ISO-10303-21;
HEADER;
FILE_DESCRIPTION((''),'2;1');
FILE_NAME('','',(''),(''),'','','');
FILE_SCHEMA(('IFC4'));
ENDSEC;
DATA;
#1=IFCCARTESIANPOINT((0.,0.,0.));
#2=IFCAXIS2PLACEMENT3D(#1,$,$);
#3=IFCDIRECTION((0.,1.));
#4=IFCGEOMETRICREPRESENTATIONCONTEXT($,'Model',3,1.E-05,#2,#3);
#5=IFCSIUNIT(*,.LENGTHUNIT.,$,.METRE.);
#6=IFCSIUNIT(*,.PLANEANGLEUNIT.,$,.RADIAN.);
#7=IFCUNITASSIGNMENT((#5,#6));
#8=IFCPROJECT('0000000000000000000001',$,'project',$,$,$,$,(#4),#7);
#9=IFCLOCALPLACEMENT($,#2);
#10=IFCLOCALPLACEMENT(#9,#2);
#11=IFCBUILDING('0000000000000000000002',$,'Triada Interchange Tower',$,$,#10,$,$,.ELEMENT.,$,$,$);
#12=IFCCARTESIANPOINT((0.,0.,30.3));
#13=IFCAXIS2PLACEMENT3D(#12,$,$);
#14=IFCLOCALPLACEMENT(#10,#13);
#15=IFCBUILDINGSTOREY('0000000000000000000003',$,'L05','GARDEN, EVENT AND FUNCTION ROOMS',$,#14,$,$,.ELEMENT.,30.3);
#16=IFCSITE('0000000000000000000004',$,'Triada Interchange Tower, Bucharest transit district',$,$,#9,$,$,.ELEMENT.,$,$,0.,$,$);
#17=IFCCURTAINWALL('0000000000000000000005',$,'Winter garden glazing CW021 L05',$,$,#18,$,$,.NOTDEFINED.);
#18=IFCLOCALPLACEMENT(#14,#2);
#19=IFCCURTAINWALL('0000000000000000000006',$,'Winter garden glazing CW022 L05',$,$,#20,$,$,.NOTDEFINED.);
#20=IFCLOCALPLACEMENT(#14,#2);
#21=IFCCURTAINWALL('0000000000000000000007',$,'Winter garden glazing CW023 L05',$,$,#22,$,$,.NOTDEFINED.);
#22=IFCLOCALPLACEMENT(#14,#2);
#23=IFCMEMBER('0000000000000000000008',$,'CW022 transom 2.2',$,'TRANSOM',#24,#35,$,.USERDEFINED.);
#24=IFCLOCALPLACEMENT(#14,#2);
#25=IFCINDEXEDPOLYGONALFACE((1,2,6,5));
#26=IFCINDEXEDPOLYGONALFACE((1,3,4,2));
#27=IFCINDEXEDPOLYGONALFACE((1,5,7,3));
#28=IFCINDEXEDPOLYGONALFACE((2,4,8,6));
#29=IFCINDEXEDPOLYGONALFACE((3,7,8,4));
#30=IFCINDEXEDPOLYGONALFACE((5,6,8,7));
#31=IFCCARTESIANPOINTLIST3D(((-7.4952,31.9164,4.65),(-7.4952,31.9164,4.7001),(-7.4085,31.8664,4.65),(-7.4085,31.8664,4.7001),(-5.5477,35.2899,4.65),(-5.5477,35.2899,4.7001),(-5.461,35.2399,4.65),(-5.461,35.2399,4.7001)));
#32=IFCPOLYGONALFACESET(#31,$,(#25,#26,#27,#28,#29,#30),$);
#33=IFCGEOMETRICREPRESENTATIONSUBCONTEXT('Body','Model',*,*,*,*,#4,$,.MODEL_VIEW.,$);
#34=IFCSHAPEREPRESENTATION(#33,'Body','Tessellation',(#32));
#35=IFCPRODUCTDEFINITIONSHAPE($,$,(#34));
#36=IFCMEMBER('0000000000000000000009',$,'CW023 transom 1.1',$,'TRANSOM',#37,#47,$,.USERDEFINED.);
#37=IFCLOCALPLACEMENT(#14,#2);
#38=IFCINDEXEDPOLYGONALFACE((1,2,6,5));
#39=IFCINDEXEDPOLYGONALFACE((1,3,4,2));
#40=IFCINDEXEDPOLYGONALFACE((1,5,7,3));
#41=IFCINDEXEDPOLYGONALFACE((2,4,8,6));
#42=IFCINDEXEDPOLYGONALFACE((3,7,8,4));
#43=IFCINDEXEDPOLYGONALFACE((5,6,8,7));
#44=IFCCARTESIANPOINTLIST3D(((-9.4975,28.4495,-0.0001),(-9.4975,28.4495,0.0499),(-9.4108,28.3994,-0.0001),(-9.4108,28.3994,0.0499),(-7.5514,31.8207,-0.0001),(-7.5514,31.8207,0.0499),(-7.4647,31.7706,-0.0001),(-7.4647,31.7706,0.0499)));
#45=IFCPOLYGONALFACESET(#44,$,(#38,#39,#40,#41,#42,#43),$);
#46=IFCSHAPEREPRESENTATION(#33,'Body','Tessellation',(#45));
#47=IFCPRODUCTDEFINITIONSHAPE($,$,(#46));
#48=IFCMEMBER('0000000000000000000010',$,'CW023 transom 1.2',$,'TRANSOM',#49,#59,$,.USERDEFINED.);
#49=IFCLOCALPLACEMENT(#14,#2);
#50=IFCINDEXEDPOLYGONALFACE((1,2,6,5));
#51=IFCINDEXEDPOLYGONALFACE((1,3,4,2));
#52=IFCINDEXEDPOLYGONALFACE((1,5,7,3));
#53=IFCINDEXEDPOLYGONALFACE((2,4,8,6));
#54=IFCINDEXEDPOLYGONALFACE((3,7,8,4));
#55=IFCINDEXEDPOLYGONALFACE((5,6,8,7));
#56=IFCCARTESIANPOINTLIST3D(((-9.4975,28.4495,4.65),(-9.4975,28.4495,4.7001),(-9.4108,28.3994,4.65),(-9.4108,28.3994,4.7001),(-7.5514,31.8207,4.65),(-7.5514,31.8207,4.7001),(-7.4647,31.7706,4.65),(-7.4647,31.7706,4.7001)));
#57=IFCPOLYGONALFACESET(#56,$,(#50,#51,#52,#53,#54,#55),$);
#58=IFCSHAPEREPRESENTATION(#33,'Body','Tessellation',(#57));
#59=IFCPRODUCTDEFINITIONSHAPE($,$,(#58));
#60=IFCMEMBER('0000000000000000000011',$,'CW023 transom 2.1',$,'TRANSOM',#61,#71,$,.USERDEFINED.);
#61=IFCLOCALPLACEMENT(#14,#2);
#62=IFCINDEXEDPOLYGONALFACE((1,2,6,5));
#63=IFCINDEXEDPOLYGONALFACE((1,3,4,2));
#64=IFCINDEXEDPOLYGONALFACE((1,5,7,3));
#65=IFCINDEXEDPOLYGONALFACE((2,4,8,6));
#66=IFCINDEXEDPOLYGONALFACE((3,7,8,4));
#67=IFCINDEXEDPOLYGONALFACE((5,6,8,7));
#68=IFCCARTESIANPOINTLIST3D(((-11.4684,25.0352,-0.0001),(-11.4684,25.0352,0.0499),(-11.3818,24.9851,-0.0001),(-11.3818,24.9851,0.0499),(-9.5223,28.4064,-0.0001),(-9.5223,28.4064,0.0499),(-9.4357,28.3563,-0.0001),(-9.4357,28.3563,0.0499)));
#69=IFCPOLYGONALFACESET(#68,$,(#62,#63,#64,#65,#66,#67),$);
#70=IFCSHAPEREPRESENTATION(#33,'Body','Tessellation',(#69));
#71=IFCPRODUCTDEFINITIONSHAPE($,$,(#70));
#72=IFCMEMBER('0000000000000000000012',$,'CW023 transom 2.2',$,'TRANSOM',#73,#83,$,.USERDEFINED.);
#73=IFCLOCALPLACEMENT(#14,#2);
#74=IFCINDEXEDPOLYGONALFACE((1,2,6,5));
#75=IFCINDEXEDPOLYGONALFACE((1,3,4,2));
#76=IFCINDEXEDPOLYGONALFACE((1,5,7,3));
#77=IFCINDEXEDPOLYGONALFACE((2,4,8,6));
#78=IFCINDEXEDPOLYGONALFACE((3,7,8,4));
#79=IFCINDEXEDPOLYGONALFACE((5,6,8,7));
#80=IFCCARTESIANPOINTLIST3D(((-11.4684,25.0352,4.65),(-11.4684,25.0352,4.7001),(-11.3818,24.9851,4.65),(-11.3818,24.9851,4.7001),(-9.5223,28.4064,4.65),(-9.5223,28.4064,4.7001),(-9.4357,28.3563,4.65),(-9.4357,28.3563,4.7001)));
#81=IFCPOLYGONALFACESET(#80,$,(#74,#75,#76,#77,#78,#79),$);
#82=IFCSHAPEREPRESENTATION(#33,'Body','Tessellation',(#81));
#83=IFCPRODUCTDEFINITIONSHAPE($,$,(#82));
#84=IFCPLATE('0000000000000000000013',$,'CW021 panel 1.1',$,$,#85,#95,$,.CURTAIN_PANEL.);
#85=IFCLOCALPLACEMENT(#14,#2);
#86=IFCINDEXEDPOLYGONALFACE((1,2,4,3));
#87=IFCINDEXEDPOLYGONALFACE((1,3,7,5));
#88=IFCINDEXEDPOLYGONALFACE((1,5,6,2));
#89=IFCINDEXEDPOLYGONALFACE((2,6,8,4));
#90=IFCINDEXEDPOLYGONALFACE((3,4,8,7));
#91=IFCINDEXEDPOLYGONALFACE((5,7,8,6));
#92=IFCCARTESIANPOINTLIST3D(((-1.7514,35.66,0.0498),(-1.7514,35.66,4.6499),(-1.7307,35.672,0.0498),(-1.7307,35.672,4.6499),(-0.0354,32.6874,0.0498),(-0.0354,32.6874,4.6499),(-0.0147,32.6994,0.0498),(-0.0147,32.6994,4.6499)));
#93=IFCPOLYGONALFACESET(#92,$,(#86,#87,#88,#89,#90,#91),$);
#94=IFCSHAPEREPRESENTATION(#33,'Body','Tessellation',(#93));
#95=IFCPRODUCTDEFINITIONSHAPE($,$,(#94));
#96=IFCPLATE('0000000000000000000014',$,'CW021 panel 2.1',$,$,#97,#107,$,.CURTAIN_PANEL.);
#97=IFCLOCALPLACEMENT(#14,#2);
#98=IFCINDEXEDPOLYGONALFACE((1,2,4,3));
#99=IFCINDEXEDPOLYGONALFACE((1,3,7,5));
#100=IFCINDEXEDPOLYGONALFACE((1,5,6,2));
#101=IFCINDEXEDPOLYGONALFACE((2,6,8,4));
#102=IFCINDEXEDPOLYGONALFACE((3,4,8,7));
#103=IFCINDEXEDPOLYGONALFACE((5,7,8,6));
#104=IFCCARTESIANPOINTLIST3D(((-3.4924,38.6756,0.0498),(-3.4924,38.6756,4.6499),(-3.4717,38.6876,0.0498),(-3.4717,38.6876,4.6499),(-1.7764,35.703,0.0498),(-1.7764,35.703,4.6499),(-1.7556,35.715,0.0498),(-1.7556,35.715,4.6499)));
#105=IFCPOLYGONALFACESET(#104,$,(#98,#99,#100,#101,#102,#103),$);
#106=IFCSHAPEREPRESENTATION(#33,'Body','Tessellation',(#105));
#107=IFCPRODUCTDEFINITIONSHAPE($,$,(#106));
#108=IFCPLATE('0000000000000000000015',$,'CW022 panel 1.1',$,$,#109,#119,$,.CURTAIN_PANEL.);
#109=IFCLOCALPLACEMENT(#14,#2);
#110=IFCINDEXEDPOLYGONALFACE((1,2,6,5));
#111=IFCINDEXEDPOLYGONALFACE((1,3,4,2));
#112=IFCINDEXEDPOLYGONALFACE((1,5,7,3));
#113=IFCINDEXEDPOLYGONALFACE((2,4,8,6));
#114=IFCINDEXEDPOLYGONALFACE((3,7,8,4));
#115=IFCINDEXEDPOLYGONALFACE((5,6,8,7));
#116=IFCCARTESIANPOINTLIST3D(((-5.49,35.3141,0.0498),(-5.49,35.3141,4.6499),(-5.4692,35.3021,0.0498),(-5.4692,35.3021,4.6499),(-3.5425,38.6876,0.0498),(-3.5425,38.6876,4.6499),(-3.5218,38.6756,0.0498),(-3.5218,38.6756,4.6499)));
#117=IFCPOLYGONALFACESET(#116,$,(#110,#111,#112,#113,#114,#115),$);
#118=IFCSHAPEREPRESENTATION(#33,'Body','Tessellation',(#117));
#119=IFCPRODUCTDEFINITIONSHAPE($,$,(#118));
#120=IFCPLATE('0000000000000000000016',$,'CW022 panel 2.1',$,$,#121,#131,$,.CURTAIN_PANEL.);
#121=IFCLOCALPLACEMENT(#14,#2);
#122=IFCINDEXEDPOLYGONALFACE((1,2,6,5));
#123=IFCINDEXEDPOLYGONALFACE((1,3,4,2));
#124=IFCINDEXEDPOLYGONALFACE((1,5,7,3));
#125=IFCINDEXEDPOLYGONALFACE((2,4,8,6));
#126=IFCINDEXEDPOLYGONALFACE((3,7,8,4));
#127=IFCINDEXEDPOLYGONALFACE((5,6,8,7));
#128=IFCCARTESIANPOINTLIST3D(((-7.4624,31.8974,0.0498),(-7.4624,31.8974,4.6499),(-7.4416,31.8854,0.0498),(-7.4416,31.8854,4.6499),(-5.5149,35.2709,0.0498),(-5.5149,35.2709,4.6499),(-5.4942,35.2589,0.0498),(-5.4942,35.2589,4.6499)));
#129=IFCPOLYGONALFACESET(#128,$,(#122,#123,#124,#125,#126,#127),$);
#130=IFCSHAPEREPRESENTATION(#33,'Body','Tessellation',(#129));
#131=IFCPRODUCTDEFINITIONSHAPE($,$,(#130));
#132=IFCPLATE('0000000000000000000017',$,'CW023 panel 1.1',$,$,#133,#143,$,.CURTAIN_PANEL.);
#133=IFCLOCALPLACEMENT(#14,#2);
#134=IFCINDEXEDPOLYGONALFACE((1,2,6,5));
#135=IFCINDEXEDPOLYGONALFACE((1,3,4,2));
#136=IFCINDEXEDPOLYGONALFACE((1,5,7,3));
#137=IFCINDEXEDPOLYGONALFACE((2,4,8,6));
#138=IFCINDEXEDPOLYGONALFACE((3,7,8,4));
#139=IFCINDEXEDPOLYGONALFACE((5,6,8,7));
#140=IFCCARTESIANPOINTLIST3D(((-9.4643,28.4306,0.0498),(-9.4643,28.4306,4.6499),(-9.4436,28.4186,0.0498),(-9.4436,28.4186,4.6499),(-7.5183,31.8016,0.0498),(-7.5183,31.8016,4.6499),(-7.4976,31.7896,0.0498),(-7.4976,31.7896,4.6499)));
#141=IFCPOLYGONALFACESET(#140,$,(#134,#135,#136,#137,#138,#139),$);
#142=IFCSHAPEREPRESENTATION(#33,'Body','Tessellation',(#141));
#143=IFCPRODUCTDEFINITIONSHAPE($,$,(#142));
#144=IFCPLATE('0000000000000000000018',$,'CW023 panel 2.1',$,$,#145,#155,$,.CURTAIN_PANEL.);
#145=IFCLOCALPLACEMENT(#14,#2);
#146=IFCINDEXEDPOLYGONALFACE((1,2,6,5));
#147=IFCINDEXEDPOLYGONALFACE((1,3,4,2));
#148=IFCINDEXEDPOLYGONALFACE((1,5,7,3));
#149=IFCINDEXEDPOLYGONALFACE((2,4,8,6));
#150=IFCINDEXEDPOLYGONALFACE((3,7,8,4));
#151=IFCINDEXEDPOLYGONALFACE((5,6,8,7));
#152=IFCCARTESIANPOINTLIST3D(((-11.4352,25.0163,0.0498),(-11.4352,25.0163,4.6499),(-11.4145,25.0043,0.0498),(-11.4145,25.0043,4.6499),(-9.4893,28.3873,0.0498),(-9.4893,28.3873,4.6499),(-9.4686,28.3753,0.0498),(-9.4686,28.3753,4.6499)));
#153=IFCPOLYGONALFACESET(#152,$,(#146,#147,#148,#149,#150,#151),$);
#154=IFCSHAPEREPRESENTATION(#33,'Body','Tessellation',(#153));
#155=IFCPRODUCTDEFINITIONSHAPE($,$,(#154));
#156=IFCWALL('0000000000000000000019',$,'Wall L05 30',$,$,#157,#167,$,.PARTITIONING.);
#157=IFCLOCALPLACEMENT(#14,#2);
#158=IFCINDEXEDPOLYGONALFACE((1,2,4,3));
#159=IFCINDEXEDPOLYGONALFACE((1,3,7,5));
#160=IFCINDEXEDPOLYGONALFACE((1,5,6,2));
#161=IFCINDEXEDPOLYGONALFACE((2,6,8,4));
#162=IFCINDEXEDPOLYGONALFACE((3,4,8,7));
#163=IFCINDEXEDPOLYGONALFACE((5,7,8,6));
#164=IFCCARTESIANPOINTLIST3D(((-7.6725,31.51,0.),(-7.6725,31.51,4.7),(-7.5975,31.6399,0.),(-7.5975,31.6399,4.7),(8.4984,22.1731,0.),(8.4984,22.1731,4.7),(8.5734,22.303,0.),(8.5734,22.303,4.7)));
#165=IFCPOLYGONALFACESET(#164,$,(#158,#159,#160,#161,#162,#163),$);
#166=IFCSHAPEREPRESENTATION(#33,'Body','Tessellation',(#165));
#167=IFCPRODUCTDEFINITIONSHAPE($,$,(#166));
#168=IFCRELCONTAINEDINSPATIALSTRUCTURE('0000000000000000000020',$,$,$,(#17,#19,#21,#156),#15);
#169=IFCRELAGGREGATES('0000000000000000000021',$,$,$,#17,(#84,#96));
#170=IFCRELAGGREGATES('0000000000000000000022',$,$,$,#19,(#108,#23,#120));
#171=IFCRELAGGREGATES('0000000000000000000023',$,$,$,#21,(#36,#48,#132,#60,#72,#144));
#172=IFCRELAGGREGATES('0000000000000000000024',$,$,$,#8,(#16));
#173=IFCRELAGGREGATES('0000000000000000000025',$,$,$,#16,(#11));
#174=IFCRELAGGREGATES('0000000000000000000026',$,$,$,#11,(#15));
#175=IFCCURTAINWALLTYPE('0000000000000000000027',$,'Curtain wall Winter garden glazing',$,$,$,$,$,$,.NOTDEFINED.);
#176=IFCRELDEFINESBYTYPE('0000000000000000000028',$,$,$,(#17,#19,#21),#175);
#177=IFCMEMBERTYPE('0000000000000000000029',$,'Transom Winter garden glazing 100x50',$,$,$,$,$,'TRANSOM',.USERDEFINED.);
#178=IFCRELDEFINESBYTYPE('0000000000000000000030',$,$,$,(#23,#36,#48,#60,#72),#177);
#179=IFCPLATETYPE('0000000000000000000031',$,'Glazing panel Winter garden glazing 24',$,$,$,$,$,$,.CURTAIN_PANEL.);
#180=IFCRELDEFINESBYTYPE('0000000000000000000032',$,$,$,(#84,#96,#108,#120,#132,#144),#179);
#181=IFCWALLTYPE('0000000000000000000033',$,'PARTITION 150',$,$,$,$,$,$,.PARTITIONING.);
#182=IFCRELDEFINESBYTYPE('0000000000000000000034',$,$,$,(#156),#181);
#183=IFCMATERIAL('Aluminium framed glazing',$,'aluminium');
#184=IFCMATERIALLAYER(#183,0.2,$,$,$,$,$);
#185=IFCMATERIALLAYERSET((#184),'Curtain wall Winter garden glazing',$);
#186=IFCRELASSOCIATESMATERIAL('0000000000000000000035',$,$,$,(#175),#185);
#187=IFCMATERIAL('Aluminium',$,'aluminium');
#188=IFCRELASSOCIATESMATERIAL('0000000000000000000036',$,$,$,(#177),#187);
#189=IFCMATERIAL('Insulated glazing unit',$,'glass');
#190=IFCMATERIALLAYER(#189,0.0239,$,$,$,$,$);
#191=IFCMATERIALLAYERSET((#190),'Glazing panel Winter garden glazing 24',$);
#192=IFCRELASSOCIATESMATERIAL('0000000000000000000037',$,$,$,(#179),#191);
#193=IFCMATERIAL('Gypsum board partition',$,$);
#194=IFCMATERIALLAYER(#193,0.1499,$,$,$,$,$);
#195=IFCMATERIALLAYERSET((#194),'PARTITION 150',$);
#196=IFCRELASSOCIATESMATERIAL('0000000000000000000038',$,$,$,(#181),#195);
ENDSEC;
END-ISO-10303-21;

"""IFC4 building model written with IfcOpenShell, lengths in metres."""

from ifc_helpers import new_model, si_unit, direction, frame, frame_2d, origin, origin_2d, place, context, subcontext, project, spatial, rectangle, extrude, material, layer, layer_set, material_profile, profile_set, type_object, element, aggregate, save


model = new_model("IFC4")

# Units and contexts
model_context = context("Model", 3, precision=1e-05, world=origin(), true_north=direction((0.0, 1.0)))
body_context = subcontext(model_context, "Body", "Model", "MODEL_VIEW")
ifc_project = project(units=[si_unit("LENGTHUNIT", "METRE"), si_unit("PLANEANGLEUNIT", "RADIAN")], contexts=[model_context])

# Site, building, storey
site_placement = place(None, origin())
site = spatial("IfcSite", under=ifc_project, at=site_placement, Name="Triada Interchange Tower, Bucharest transit district", CompositionType="ELEMENT", RefElevation=0.0)
building_placement = place(site_placement, origin())
building = spatial("IfcBuilding", under=site, at=building_placement, Name="Triada Interchange Tower", CompositionType="ELEMENT")
storey_placement = place(building_placement, frame((0.0, 0.0, 30.3)))
storey = spatial("IfcBuildingStorey", under=building, at=storey_placement, Name="L05", Description="GARDEN, EVENT AND FUNCTION ROOMS", CompositionType="ELEMENT", Elevation=30.3)

# Curtain walls
ifc_material_1 = material(Name="Aluminium framed glazing", Category="aluminium")
ifc_layer_1 = layer(ifc_material_1, 0.2)
ifc_layer_set_1 = layer_set([ifc_layer_1], Name="Curtain wall Winter garden glazing")
curtain_wall_type = type_object("IfcCurtainWallType", Name="Curtain wall Winter garden glazing", PredefinedType="NOTDEFINED", material=ifc_layer_set_1)
curtain_wall_1_placement = place(storey_placement, origin())
curtain_wall_1 = element("IfcCurtainWall", 1, at=curtain_wall_1_placement, inside=storey, type_object=curtain_wall_type, Name="Winter garden glazing CW021 L05", PredefinedType="NOTDEFINED")
ifc_material_2 = material(Name="Aluminium", Category="aluminium")
curtain_wall_2_placement = place(storey_placement, origin())
curtain_wall_2 = element("IfcCurtainWall", 2, at=curtain_wall_2_placement, inside=storey, type_object=curtain_wall_type, Name="Winter garden glazing CW022 L05", PredefinedType="NOTDEFINED")
curtain_wall_3_placement = place(storey_placement, origin())
curtain_wall_3 = element("IfcCurtainWall", 3, at=curtain_wall_3_placement, inside=storey, type_object=curtain_wall_type, Name="Winter garden glazing CW023 L05", PredefinedType="NOTDEFINED")

# Members
ifc_material_profile_1 = material_profile(ifc_material_2, rectangle(XDim=0.1001, YDim=0.05, at=origin_2d()), Name="Aluminium transom")
ifc_profile_set_1 = profile_set([ifc_material_profile_1], Name="Aluminium")
member_type_1 = type_object("IfcMemberType", Name="Transom Winter garden glazing 100x50", ElementType="TRANSOM", PredefinedType="USERDEFINED", material=ifc_profile_set_1)
member_1_placement = place(storey_placement, frame((-5.5044, 35.2649, 4.675), z_axis=(-0.499961, -0.866048, 0.0), x_axis=(0.866048, -0.499961, 0.0)))
member_1 = element("IfcMember", 4, at=member_1_placement, type_object=member_type_1, Name="CW022 transom 2.2", ObjectType="TRANSOM", PredefinedType="USERDEFINED", context=body_context, shape_type="SweptSolid", body=[
    extrude(rectangle(XDim=0.1001, YDim=0.05, at=origin_2d()), origin(), (0.0, 0.0, 1.0), 3.8953),
])
member_2_placement = place(storey_placement, frame((-7.5081, 31.7957, 0.0249), z_axis=(-0.49995, -0.866054, 0.0), x_axis=(0.866054, -0.49995, 0.0)))
member_2 = element("IfcMember", 5, at=member_2_placement, type_object=member_type_1, Name="CW023 transom 1.1", ObjectType="TRANSOM", PredefinedType="USERDEFINED", context=body_context, shape_type="SweptSolid", body=[
    extrude(rectangle(XDim=0.1001, YDim=0.05, at=origin_2d()), origin(), (0.0, 0.0, 1.0), 3.8926),
])
member_3_placement = place(storey_placement, frame((-7.5081, 31.7957, 4.675), z_axis=(-0.49995, -0.866054, 0.0), x_axis=(0.866054, -0.49995, 0.0)))
member_3 = element("IfcMember", 6, at=member_3_placement, type_object=member_type_1, Name="CW023 transom 1.2", ObjectType="TRANSOM", PredefinedType="USERDEFINED", context=body_context, shape_type="SweptSolid", body=[
    extrude(rectangle(XDim=0.1001, YDim=0.05, at=origin_2d()), origin(), (0.0, 0.0, 1.0), 3.8926),
])
member_4_placement = place(storey_placement, frame((-9.479, 28.3813, 0.0249), z_axis=(-0.49995, -0.866054, 0.0), x_axis=(0.866054, -0.49995, 0.0)))
member_4 = element("IfcMember", 7, at=member_4_placement, type_object=member_type_1, Name="CW023 transom 2.1", ObjectType="TRANSOM", PredefinedType="USERDEFINED", context=body_context, shape_type="SweptSolid", body=[
    extrude(rectangle(XDim=0.1001, YDim=0.05, at=origin_2d()), origin(), (0.0, 0.0, 1.0), 3.8926),
])
member_5_placement = place(storey_placement, frame((-9.479, 28.3813, 4.675), z_axis=(-0.49995, -0.866054, 0.0), x_axis=(0.866054, -0.49995, 0.0)))
member_5 = element("IfcMember", 8, at=member_5_placement, type_object=member_type_1, Name="CW023 transom 2.2", ObjectType="TRANSOM", PredefinedType="USERDEFINED", context=body_context, shape_type="SweptSolid", body=[
    extrude(rectangle(XDim=0.1001, YDim=0.05, at=origin_2d()), origin(), (0.0, 0.0, 1.0), 3.8926),
])

# Plates
ifc_material_3 = material(Name="Insulated glazing unit", Category="glass")
ifc_layer_2 = layer(ifc_material_3, 0.0239)
ifc_layer_set_2 = layer_set([ifc_layer_2], Name="Glazing panel Winter garden glazing 24")
plate_type = type_object("IfcPlateType", Name="Glazing panel Winter garden glazing 24", PredefinedType="CURTAIN_PANEL", material=ifc_layer_set_2)
plate_1_placement = place(storey_placement, frame((-0.8831, 34.1797, 0.0498), z_axis=(0.0, 0.0, 1.0), x_axis=(-0.499957, 0.86605, 0.0)))
plate_1 = element("IfcPlate", 9, at=plate_1_placement, type_object=plate_type, Name="CW021 panel 1.1", PredefinedType="CURTAIN_PANEL", context=body_context, shape_type="SweptSolid", body=[
    extrude(rectangle(XDim=3.4324, YDim=0.0239, at=origin_2d()), origin(), (0.0, 0.0, 1.0), 4.6001),
])
plate_2_placement = place(storey_placement, frame((-2.624, 37.1953, 0.0498), z_axis=(0.0, 0.0, 1.0), x_axis=(-0.499957, 0.86605, 0.0)))
plate_2 = element("IfcPlate", 10, at=plate_2_placement, type_object=plate_type, Name="CW021 panel 2.1", PredefinedType="CURTAIN_PANEL", context=body_context, shape_type="SweptSolid", body=[
    extrude(rectangle(XDim=3.4324, YDim=0.0239, at=origin_2d()), origin(), (0.0, 0.0, 1.0), 4.6001),
])
aggregate(curtain_wall_1, [plate_1, plate_2])
plate_3_placement = place(storey_placement, frame((-4.5059, 36.9949, 0.0498), z_axis=(0.0, 0.0, 1.0), x_axis=(-0.499959, -0.866049, 0.0)))
plate_3 = element("IfcPlate", 11, at=plate_3_placement, type_object=plate_type, Name="CW022 panel 1.1", PredefinedType="CURTAIN_PANEL", context=body_context, shape_type="SweptSolid", body=[
    extrude(rectangle(XDim=3.8953, YDim=0.0239, at=origin_2d()), origin(), (0.0, 0.0, 1.0), 4.6001),
])
plate_4_placement = place(storey_placement, frame((-6.4783, 33.5781, 0.0498), z_axis=(0.0, 0.0, 1.0), x_axis=(-0.499959, -0.866049, 0.0)))
plate_4 = element("IfcPlate", 12, at=plate_4_placement, type_object=plate_type, Name="CW022 panel 2.1", PredefinedType="CURTAIN_PANEL", context=body_context, shape_type="SweptSolid", body=[
    extrude(rectangle(XDim=3.8953, YDim=0.0239, at=origin_2d()), origin(), (0.0, 0.0, 1.0), 4.6001),
])
aggregate(curtain_wall_2, [plate_3, member_1, plate_4])
plate_5_placement = place(storey_placement, frame((-8.481, 30.1101, 0.0498), z_axis=(0.0, 0.0, 1.0), x_axis=(-0.499948, -0.866055, 0.0)))
plate_5 = element("IfcPlate", 13, at=plate_5_placement, type_object=plate_type, Name="CW023 panel 1.1", PredefinedType="CURTAIN_PANEL", context=body_context, shape_type="SweptSolid", body=[
    extrude(rectangle(XDim=3.8923, YDim=0.0239, at=origin_2d()), origin(), (0.0, 0.0, 1.0), 4.6001),
])
plate_6_placement = place(storey_placement, frame((-10.4519, 26.6958, 0.0498), z_axis=(0.0, 0.0, 1.0), x_axis=(-0.499948, -0.866055, 0.0)))
plate_6 = element("IfcPlate", 14, at=plate_6_placement, type_object=plate_type, Name="CW023 panel 2.1", PredefinedType="CURTAIN_PANEL", context=body_context, shape_type="SweptSolid", body=[
    extrude(rectangle(XDim=3.8923, YDim=0.0239, at=origin_2d()), origin(), (0.0, 0.0, 1.0), 4.6001),
])
aggregate(curtain_wall_3, [member_2, member_3, plate_5, member_4, member_5, plate_6])

# Wall
ifc_material_4 = material(Name="Gypsum board partition")
ifc_layer_3 = layer(ifc_material_4, 0.1499)
ifc_layer_set_3 = layer_set([ifc_layer_3], Name="PARTITION 150")
wall_type = type_object("IfcWallType", Name="PARTITION 150", PredefinedType="PARTITIONING", material=ifc_layer_set_3)
wall_placement = place(storey_placement, frame((-7.635, 31.575, 0.0), z_axis=(0.0, 0.0, 1.0), x_axis=(0.866011, -0.500026, 0.0)))
element("IfcWall", 15, at=wall_placement, inside=storey, type_object=wall_type, Name="Wall L05 30", PredefinedType="PARTITIONING", context=body_context, shape_type="SweptSolid", body=[
    extrude(rectangle(XDim=18.6729, YDim=0.1499, at=frame_2d((9.3364, 0.0))), origin(), (0.0, 0.0, 1.0), 4.7),
])

save(model, "model.ifc")
